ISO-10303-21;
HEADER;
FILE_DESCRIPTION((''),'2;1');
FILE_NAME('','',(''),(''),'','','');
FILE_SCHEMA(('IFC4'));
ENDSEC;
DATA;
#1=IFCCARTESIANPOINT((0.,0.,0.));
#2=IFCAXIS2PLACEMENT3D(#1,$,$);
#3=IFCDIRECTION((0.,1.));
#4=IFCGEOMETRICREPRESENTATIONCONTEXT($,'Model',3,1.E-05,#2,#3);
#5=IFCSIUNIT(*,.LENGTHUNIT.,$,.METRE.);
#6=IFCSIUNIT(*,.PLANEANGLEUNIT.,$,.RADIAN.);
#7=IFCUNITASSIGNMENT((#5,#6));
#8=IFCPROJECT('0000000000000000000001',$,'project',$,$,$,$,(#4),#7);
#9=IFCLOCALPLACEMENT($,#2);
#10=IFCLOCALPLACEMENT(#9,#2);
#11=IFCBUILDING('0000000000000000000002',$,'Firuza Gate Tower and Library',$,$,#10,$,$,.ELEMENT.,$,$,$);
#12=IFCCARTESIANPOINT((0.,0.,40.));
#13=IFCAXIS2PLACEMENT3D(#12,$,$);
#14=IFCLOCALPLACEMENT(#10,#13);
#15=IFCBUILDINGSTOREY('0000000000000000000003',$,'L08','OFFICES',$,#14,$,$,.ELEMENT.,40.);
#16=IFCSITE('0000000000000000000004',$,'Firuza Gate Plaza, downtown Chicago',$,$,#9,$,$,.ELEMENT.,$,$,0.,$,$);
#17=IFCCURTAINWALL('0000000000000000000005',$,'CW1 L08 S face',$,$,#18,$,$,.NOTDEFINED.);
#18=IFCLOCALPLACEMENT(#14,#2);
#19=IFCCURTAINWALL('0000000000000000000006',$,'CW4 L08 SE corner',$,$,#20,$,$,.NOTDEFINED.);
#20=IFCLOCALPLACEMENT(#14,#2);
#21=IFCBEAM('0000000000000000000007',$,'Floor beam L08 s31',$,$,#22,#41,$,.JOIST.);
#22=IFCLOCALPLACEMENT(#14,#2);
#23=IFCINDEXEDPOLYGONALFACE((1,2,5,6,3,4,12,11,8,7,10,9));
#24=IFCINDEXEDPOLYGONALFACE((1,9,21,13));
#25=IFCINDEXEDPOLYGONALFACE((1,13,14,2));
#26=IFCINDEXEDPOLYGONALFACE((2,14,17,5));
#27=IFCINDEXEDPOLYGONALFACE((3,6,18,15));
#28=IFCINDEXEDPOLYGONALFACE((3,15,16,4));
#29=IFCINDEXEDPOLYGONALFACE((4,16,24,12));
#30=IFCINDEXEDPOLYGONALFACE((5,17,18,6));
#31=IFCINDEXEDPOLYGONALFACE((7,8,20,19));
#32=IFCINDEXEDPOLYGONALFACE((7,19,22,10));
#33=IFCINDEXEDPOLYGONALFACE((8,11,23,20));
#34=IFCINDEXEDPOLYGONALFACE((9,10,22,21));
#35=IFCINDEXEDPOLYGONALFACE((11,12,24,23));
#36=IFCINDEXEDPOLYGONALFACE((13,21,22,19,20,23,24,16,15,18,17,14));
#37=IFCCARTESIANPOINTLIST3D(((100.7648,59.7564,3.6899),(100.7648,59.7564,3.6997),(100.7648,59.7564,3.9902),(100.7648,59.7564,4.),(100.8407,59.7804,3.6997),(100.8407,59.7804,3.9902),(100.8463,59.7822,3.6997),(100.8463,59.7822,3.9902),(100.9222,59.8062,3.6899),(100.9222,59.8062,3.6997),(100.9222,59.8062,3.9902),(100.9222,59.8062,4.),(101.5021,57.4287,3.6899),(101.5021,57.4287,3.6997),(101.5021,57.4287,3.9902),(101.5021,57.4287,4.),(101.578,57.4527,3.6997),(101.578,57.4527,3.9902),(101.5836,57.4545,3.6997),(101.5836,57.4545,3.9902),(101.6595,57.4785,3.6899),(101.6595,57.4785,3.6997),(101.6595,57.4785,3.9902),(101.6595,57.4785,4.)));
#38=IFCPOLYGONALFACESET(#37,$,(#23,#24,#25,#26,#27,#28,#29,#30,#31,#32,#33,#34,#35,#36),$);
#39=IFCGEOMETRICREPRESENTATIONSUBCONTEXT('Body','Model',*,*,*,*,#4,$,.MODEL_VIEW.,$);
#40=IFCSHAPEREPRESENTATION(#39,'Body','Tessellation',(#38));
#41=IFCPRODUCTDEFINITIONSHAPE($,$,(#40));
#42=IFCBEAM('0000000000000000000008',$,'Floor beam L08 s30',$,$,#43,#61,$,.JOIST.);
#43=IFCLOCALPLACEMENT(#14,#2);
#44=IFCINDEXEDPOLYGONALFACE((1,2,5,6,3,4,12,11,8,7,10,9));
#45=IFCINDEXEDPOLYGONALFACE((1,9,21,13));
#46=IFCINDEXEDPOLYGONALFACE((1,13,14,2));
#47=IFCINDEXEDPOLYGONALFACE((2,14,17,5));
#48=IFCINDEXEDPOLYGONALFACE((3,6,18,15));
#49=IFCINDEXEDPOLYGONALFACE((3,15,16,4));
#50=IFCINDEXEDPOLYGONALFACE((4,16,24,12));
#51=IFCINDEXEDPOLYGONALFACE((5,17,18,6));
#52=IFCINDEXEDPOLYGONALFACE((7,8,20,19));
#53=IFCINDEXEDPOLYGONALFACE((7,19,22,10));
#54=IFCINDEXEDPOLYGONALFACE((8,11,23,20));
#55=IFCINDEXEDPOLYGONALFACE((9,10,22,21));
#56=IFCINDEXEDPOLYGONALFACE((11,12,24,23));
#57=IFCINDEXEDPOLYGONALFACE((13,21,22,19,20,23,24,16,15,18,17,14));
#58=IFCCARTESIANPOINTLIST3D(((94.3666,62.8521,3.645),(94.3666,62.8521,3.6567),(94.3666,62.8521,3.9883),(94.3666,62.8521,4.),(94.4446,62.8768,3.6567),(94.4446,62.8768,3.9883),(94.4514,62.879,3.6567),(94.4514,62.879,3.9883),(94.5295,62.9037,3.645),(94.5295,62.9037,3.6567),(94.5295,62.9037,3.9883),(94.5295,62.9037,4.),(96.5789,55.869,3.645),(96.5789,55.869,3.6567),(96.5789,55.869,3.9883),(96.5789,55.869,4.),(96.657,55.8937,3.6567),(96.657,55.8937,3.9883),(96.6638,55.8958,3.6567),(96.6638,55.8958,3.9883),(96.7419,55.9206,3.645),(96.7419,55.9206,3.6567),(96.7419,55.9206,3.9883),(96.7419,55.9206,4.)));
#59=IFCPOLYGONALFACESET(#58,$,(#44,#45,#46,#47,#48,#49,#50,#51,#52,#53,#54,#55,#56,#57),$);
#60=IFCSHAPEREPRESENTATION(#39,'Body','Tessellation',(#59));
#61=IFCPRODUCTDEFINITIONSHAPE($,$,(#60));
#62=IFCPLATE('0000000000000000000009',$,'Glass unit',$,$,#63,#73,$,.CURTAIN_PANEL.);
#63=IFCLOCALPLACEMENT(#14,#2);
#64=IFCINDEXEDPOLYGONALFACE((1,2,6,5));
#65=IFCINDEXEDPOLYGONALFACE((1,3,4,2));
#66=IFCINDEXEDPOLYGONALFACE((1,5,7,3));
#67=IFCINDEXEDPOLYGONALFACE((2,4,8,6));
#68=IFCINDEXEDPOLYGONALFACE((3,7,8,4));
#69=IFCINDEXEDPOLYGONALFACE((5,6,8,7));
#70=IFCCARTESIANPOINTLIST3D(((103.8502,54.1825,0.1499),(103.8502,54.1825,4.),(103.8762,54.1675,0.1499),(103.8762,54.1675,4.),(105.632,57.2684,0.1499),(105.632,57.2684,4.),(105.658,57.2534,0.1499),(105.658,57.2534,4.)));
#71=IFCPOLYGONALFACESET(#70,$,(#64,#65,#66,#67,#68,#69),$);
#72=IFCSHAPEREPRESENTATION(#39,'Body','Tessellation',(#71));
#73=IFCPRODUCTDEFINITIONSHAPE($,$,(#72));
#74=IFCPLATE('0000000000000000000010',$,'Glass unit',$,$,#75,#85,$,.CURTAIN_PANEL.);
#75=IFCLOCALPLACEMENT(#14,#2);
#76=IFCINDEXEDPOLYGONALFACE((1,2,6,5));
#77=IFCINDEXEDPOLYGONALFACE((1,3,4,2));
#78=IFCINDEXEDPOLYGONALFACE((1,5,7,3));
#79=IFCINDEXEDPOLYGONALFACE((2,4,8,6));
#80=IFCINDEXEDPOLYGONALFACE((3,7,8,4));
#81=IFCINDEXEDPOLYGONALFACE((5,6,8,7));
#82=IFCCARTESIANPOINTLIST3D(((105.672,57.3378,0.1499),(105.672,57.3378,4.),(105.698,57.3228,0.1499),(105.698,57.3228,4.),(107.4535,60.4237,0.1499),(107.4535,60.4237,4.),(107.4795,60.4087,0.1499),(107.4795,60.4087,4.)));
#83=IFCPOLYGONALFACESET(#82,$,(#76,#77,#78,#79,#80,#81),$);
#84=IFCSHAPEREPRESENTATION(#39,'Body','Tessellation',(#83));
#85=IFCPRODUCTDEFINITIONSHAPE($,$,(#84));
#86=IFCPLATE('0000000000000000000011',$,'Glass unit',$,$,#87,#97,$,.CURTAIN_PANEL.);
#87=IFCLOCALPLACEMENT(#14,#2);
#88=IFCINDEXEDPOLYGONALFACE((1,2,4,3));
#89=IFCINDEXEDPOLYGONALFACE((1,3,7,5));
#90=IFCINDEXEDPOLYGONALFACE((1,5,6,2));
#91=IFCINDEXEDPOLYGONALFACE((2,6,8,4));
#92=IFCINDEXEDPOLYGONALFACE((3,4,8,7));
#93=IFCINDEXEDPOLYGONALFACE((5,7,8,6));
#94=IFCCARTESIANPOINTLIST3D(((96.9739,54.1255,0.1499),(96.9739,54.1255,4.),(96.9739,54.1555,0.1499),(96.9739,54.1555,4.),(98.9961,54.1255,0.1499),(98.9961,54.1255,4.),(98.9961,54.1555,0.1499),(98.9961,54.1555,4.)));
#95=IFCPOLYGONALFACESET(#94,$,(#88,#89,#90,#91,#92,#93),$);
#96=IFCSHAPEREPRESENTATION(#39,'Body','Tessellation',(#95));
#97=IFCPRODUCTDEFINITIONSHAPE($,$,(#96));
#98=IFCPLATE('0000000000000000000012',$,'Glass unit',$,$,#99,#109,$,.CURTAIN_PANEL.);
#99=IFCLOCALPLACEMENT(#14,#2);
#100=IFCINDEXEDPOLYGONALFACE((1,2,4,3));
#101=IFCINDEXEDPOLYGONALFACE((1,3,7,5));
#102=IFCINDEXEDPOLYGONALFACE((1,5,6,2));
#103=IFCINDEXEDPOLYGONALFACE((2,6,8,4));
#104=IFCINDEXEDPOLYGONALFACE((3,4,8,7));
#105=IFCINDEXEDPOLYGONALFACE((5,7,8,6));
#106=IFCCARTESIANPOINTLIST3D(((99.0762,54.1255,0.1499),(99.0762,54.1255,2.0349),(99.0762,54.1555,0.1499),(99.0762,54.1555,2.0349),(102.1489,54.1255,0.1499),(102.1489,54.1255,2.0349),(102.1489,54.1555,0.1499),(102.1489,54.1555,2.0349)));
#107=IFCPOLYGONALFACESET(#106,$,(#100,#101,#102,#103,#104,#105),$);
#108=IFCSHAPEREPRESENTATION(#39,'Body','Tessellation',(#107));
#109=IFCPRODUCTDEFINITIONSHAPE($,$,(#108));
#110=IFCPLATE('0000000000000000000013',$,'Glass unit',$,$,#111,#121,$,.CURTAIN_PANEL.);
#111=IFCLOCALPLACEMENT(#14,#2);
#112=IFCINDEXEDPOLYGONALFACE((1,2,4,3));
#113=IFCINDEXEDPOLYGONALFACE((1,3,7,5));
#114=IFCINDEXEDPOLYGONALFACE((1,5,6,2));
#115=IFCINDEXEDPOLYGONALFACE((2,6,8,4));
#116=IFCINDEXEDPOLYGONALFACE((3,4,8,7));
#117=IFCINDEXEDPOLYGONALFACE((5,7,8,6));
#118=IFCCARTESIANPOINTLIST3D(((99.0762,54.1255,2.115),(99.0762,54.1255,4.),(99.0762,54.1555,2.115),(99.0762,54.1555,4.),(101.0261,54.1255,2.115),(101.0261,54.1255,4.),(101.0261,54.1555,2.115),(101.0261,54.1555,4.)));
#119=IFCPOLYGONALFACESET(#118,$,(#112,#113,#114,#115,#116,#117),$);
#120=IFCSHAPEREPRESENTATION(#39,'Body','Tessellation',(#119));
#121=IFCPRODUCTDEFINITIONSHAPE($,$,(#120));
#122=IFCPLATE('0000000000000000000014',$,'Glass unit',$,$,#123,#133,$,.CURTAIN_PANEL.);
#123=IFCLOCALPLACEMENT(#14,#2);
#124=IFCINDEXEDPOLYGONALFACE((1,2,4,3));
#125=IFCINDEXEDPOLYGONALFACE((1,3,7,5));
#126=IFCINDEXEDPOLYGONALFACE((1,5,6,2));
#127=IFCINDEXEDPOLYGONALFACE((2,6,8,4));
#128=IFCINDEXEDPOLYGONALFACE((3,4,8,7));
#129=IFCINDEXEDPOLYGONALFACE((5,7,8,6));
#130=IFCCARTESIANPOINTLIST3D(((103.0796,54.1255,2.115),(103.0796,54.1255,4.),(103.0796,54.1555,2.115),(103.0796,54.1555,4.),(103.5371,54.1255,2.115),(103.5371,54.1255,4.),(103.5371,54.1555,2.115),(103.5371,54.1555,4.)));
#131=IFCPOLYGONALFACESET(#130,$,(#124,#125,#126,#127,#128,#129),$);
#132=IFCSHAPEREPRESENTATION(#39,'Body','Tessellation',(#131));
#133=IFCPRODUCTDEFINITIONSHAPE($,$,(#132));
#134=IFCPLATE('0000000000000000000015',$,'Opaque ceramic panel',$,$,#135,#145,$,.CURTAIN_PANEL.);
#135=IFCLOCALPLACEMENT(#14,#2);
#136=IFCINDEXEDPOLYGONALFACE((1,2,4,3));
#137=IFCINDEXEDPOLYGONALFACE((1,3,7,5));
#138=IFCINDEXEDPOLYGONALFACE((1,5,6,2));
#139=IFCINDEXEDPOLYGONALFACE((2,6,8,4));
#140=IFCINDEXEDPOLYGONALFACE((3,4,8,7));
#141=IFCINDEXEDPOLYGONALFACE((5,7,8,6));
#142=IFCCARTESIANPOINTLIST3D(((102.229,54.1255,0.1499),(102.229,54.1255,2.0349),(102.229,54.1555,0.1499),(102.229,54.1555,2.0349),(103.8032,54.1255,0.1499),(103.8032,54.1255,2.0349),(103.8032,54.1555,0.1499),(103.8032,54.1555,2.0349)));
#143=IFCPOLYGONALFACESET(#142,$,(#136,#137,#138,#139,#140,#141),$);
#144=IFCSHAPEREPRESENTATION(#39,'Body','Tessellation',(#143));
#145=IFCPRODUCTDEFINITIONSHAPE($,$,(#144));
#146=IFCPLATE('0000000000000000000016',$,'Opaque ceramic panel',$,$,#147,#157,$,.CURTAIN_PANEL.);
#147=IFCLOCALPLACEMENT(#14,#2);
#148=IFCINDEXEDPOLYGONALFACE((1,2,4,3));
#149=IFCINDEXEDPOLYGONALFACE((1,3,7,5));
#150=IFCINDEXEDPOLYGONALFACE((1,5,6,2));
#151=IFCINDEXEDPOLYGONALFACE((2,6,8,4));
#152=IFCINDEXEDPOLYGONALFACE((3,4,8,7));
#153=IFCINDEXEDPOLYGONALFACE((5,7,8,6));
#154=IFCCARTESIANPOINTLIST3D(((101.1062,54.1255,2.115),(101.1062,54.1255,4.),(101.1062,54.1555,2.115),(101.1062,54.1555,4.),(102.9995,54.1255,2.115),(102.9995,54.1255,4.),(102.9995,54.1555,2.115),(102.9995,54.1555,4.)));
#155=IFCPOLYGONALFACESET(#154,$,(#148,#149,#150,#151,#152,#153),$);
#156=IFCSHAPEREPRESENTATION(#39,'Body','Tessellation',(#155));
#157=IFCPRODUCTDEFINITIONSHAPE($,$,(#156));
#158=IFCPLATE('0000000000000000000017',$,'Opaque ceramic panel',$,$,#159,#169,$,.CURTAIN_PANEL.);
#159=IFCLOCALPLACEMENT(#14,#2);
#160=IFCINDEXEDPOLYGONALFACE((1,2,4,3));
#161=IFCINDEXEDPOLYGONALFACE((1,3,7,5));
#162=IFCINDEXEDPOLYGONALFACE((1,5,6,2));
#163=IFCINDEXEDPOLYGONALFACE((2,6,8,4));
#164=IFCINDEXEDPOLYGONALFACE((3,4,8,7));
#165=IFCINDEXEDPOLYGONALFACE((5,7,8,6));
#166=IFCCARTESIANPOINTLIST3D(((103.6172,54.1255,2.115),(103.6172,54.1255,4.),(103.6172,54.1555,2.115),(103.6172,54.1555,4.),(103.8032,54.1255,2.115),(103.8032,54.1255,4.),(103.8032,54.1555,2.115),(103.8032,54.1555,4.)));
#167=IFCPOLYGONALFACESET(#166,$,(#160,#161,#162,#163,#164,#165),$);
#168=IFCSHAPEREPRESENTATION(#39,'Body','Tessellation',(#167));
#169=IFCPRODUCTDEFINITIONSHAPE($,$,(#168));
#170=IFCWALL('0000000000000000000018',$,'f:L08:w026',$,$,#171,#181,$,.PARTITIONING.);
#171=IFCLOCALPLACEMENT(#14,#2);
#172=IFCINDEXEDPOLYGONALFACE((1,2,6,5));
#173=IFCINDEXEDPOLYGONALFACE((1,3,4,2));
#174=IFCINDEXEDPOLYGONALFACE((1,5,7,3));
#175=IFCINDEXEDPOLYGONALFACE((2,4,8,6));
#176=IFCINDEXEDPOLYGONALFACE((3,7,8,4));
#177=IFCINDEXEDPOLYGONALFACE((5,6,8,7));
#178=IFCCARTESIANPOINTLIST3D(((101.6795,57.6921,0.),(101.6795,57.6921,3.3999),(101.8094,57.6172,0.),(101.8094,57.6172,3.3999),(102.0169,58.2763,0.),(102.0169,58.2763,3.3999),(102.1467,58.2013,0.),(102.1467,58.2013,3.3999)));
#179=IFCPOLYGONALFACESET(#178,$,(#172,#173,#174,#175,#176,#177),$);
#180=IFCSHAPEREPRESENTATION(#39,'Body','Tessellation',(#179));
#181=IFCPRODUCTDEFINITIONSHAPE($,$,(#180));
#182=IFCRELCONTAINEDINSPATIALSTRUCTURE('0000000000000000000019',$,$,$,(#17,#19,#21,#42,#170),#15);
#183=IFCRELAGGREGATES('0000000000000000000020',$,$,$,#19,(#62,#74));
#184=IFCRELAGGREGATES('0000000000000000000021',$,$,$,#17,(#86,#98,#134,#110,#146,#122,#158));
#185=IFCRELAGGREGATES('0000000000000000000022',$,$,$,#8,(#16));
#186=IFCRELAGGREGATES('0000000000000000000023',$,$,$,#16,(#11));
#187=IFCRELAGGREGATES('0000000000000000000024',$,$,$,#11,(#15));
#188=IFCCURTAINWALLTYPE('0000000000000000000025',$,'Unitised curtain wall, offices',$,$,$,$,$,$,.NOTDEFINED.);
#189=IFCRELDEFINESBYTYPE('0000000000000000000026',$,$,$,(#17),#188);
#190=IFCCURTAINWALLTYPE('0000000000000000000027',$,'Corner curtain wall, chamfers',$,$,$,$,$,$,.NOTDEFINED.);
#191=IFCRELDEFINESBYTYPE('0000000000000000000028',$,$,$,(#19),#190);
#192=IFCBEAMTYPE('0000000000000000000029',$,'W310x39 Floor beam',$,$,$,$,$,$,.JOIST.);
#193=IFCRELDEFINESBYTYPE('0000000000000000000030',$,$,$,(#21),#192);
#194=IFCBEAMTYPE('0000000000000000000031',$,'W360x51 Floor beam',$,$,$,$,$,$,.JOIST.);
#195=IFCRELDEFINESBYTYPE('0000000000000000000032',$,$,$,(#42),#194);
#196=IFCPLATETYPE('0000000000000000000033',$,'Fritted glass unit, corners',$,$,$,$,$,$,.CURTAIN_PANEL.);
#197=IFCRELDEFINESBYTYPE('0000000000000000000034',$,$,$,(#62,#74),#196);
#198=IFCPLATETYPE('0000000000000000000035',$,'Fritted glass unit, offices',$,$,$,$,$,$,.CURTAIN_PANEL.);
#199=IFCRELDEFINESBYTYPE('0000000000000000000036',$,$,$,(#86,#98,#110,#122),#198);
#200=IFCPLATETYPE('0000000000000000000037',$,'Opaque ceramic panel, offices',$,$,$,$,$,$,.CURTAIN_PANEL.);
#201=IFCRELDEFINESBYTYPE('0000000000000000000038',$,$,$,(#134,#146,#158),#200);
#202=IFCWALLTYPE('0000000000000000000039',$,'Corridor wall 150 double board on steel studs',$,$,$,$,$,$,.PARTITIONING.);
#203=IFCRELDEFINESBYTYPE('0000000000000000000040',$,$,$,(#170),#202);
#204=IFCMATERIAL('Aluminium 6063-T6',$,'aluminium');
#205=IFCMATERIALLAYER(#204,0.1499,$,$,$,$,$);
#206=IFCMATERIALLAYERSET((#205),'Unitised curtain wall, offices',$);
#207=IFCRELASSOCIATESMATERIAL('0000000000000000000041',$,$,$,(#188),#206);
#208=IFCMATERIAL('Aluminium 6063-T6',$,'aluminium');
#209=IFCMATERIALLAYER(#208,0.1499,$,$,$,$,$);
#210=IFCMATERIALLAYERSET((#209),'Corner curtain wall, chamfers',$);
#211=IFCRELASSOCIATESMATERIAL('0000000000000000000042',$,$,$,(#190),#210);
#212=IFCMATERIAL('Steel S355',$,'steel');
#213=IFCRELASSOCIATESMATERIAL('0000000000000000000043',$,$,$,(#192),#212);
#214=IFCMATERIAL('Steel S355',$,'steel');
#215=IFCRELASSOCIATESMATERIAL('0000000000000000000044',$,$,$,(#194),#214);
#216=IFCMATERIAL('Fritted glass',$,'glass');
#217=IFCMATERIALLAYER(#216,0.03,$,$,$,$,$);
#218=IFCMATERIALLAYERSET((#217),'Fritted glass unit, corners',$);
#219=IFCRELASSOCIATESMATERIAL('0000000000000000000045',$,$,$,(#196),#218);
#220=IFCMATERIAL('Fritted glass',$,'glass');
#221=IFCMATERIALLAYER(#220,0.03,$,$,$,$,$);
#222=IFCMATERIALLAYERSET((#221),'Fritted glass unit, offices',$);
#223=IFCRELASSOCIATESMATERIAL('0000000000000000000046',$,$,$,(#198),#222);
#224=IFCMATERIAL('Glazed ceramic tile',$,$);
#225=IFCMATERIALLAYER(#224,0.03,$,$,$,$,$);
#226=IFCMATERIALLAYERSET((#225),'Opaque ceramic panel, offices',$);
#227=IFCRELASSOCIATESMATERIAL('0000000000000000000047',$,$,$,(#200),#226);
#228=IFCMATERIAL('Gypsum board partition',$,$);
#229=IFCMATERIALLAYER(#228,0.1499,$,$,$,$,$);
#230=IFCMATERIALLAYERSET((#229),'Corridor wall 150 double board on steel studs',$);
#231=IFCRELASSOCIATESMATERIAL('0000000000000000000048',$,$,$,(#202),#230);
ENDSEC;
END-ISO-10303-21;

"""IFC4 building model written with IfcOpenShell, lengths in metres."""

from ifc_helpers import new_model, si_unit, direction, frame, frame_2d, origin, origin_2d, place, context, subcontext, project, spatial, polyline, rectangle, i_section, outline, extrude, material, layer, layer_set, material_profile, profile_set, type_object, element, aggregate, save


model = new_model("IFC4")

# Units and contexts
model_context = context("Model", 3, precision=1e-05, world=origin(), true_north=direction((0.0, 1.0)))
body_context = subcontext(model_context, "Body", "Model", "MODEL_VIEW")
ifc_project = project(units=[si_unit("LENGTHUNIT", "METRE"), si_unit("PLANEANGLEUNIT", "RADIAN")], contexts=[model_context])

# Site, building, storey
site_placement = place(None, origin())
site = spatial("IfcSite", under=ifc_project, at=site_placement, Name="Firuza Gate Plaza, downtown Chicago", CompositionType="ELEMENT", RefElevation=0.0)
building_placement = place(site_placement, origin())
building = spatial("IfcBuilding", under=site, at=building_placement, Name="Firuza Gate Tower and Library", CompositionType="ELEMENT")
storey_placement = place(building_placement, frame((0.0, 0.0, 40.0)))
storey = spatial("IfcBuildingStorey", under=building, at=storey_placement, Name="L08", Description="OFFICES", CompositionType="ELEMENT", Elevation=40.0)

# Curtain walls
ifc_material_1 = material(Name="Aluminium 6063-T6", Category="aluminium")
ifc_layer_1 = layer(ifc_material_1, 0.1499)
ifc_layer_set_1 = layer_set([ifc_layer_1], Name="Unitised curtain wall, offices")
curtain_wall_type_1 = type_object("IfcCurtainWallType", Name="Unitised curtain wall, offices", PredefinedType="NOTDEFINED", material=ifc_layer_set_1)
placement = place(storey_placement, origin())
curtain_wall_1 = element("IfcCurtainWall", 1, at=placement, inside=storey, type_object=curtain_wall_type_1, Name="CW1 L08 S face", PredefinedType="NOTDEFINED")
ifc_material_2 = material(Name="Aluminium 6063-T6", Category="aluminium")
ifc_layer_2 = layer(ifc_material_2, 0.1499)
ifc_layer_set_2 = layer_set([ifc_layer_2], Name="Corner curtain wall, chamfers")
curtain_wall_type_2 = type_object("IfcCurtainWallType", Name="Corner curtain wall, chamfers", PredefinedType="NOTDEFINED", material=ifc_layer_set_2)
curtain_wall_2 = element("IfcCurtainWall", 2, at=placement, inside=storey, type_object=curtain_wall_type_2, Name="CW4 L08 SE corner", PredefinedType="NOTDEFINED")

# Beams
ifc_material_3 = material(Name="Steel S355", Category="steel")
ifc_material_profile_1 = material_profile(ifc_material_3, i_section(OverallWidth=0.165, OverallDepth=0.3101, WebThickness=0.0059, FlangeThickness=0.0098, at=origin_2d()))
ifc_profile_set_1 = profile_set([ifc_material_profile_1], Name="Steel S355")
beam_type_1 = type_object("IfcBeamType", Name="W310x39 Floor beam", PredefinedType="JOIST", material=ifc_profile_set_1)
beam_1_placement = place(storey_placement, frame((101.5808, 57.4536, 3.845), z_axis=(-0.301973, 0.953316, 0.0), x_axis=(-0.953316, -0.301973, 0.0)))
element("IfcBeam", 3, at=beam_1_placement, inside=storey, type_object=beam_type_1, Name="Floor beam L08 s31", PredefinedType="JOIST", context=body_context, shape_type="SweptSolid", body=[
    extrude(i_section(OverallWidth=0.165, OverallDepth=0.3101, WebThickness=0.0059, FlangeThickness=0.0098, at=origin_2d()), origin(), (0.0, 0.0, 1.0), 2.4417),
])
ifc_material_4 = material(Name="Steel S355", Category="steel")
ifc_material_profile_2 = material_profile(ifc_material_4, i_section(OverallWidth=0.1709, OverallDepth=0.355, WebThickness=0.0071, FlangeThickness=0.0117, at=origin_2d()))
ifc_profile_set_2 = profile_set([ifc_material_profile_2], Name="Steel S355")
beam_type_2 = type_object("IfcBeamType", Name="W360x51 Floor beam", PredefinedType="JOIST", material=ifc_profile_set_2)
beam_2_placement = place(storey_placement, frame((96.6604, 55.8948, 3.8225), z_axis=(-0.302024, 0.9533, 0.0), x_axis=(-0.9533, -0.302024, 0.0)))
element("IfcBeam", 4, at=beam_2_placement, inside=storey, type_object=beam_type_2, Name="Floor beam L08 s30", PredefinedType="JOIST", context=body_context, shape_type="SweptSolid", body=[
    extrude(i_section(OverallWidth=0.1709, OverallDepth=0.355, WebThickness=0.0071, FlangeThickness=0.0117, at=origin_2d()), origin(), (0.0, 0.0, 1.0), 7.3252),
])

# Plates
ifc_material_5 = material(Name="Fritted glass", Category="glass")
ifc_layer_3 = layer(ifc_material_5, 0.03)
ifc_layer_set_3 = layer_set([ifc_layer_3], Name="Fritted glass unit, corners")
plate_type_1 = type_object("IfcPlateType", Name="Fritted glass unit, corners", PredefinedType="CURTAIN_PANEL", material=ifc_layer_set_3)
plate_1_placement = place(storey_placement, frame((103.8762, 54.1675, 0.1499), z_axis=(0.866017, -0.500015, 0.0), x_axis=(0.500015, 0.866017, 0.0)))
plate_1 = element("IfcPlate", 5, at=plate_1_placement, type_object=plate_type_1, Name="Glass unit", PredefinedType="CURTAIN_PANEL", context=body_context, shape_type="SweptSolid", body=[
    extrude(outline(polyline([(0.0, 0.0), (3.5634, 0.0), (3.5634, 3.8501), (0.0, 3.8501), (0.0, 0.0)])), origin(), (0.0, 0.0, -1.0), 0.03),
])
plate_2_placement = place(storey_placement, frame((105.698, 57.3228, 0.1499), z_axis=(0.866046, -0.499964, 0.0), x_axis=(0.499964, 0.866046, 0.0)))
plate_2 = element("IfcPlate", 6, at=plate_2_placement, type_object=plate_type_1, Name="Glass unit", PredefinedType="CURTAIN_PANEL", context=body_context, shape_type="SweptSolid", body=[
    extrude(outline(polyline([(0.0, 0.0), (3.5632, 0.0), (3.5632, 3.8501), (0.0, 3.8501), (0.0, 0.0)])), origin(), (0.0, 0.0, -1.0), 0.03),
])
aggregate(curtain_wall_2, [plate_1, plate_2])
ifc_material_6 = material(Name="Fritted glass", Category="glass")
ifc_layer_4 = layer(ifc_material_6, 0.03)
ifc_layer_set_4 = layer_set([ifc_layer_4], Name="Fritted glass unit, offices")
plate_type_2 = type_object("IfcPlateType", Name="Fritted glass unit, offices", PredefinedType="CURTAIN_PANEL", material=ifc_layer_set_4)
plate_3_placement = place(storey_placement, frame((96.9739, 54.1255, 0.1499), z_axis=(0.0, -1.0, 0.0), x_axis=(1.0, 0.0, 0.0)))
plate_3 = element("IfcPlate", 7, at=plate_3_placement, type_object=plate_type_2, Name="Glass unit", PredefinedType="CURTAIN_PANEL", context=body_context, shape_type="SweptSolid", body=[
    extrude(outline(polyline([(0.0, 0.0), (2.0222, 0.0), (2.0222, 3.8501), (0.0, 3.8501), (0.0, 0.0)])), origin(), (0.0, 0.0, -1.0), 0.03),
])
plate_4_placement = place(storey_placement, frame((99.0762, 54.1255, 0.1499), z_axis=(0.0, -1.0, 0.0), x_axis=(1.0, 0.0, 0.0)))
plate_4 = element("IfcPlate", 8, at=plate_4_placement, type_object=plate_type_2, Name="Glass unit", PredefinedType="CURTAIN_PANEL", context=body_context, shape_type="SweptSolid", body=[
    extrude(outline(polyline([(0.0, 0.0), (3.0728, 0.0), (3.0728, 1.885), (0.0, 1.885), (0.0, 0.0)])), origin(), (0.0, 0.0, -1.0), 0.03),
])
plate_5_placement = place(storey_placement, frame((99.0762, 54.1255, 2.115), z_axis=(0.0, -1.0, 0.0), x_axis=(1.0, 0.0, 0.0)))
plate_5 = element("IfcPlate", 9, at=plate_5_placement, type_object=plate_type_2, Name="Glass unit", PredefinedType="CURTAIN_PANEL", context=body_context, shape_type="SweptSolid", body=[
    extrude(outline(polyline([(0.0, 0.0), (1.95, 0.0), (1.95, 1.885), (0.0, 1.885), (0.0, 0.0)])), origin(), (0.0, 0.0, -1.0), 0.03),
])
plate_6_placement = place(storey_placement, frame((103.0796, 54.1255, 2.115), z_axis=(0.0, -1.0, 0.0), x_axis=(1.0, 0.0, 0.0)))
plate_6 = element("IfcPlate", 10, at=plate_6_placement, type_object=plate_type_2, Name="Glass unit", PredefinedType="CURTAIN_PANEL", context=body_context, shape_type="SweptSolid", body=[
    extrude(outline(polyline([(0.0, 0.0), (0.4575, 0.0), (0.4575, 1.885), (0.0, 1.885), (0.0, 0.0)])), origin(), (0.0, 0.0, -1.0), 0.03),
])
ifc_material_7 = material(Name="Glazed ceramic tile")
ifc_layer_5 = layer(ifc_material_7, 0.03)
ifc_layer_set_5 = layer_set([ifc_layer_5], Name="Opaque ceramic panel, offices")
plate_type_3 = type_object("IfcPlateType", Name="Opaque ceramic panel, offices", PredefinedType="CURTAIN_PANEL", material=ifc_layer_set_5)
plate_7_placement = place(storey_placement, frame((102.229, 54.1255, 0.1499), z_axis=(0.0, -1.0, 0.0), x_axis=(1.0, 0.0, 0.0)))
plate_7 = element("IfcPlate", 11, at=plate_7_placement, type_object=plate_type_3, Name="Opaque ceramic panel", PredefinedType="CURTAIN_PANEL", context=body_context, shape_type="SweptSolid", body=[
    extrude(outline(polyline([(0.0, 0.0), (1.5742, 0.0), (1.5742, 1.885), (0.0, 1.885), (0.0, 0.0)])), origin(), (0.0, 0.0, -1.0), 0.03),
])
plate_8_placement = place(storey_placement, frame((101.1062, 54.1255, 2.115), z_axis=(0.0, -1.0, 0.0), x_axis=(1.0, 0.0, 0.0)))
plate_8 = element("IfcPlate", 12, at=plate_8_placement, type_object=plate_type_3, Name="Opaque ceramic panel", PredefinedType="CURTAIN_PANEL", context=body_context, shape_type="SweptSolid", body=[
    extrude(outline(polyline([(0.0, 0.0), (1.8933, 0.0), (1.8933, 1.885), (0.0, 1.885), (0.0, 0.0)])), origin(), (0.0, 0.0, -1.0), 0.03),
])
plate_9_placement = place(storey_placement, frame((103.6172, 54.1255, 2.115), z_axis=(0.0, -1.0, 0.0), x_axis=(1.0, 0.0, 0.0)))
plate_9 = element("IfcPlate", 13, at=plate_9_placement, type_object=plate_type_3, Name="Opaque ceramic panel", PredefinedType="CURTAIN_PANEL", context=body_context, shape_type="SweptSolid", body=[
    extrude(outline(polyline([(0.0, 0.0), (0.186, 0.0), (0.186, 1.885), (0.0, 1.885), (0.0, 0.0)])), origin(), (0.0, 0.0, -1.0), 0.03),
])
aggregate(curtain_wall_1, [plate_3, plate_4, plate_7, plate_5, plate_8, plate_6, plate_9])

# Wall
ifc_material_8 = material(Name="Gypsum board partition")
ifc_layer_6 = layer(ifc_material_8, 0.1499)
ifc_layer_set_6 = layer_set([ifc_layer_6], Name="Corridor wall 150 double board on steel studs")
wall_type_1 = type_object("IfcWallType", Name="Corridor wall 150 double board on steel studs", PredefinedType="PARTITIONING", material=ifc_layer_set_6)
wall_1_placement = place(storey_placement, frame((101.7444, 57.6545, 0.0), z_axis=(0.0, 0.0, 1.0), x_axis=(0.500109, 0.865963, 0.0)))
element("IfcWall", 14, at=wall_1_placement, inside=storey, type_object=wall_type_1, Name="f:L08:w026", PredefinedType="PARTITIONING", context=body_context, shape_type="SweptSolid", body=[
    extrude(rectangle(XDim=0.6746, YDim=0.1499, at=frame_2d((0.3374, 0.0))), origin(), (0.0, 0.0, 1.0), 3.3999),
])

save(model, "model.ifc")
